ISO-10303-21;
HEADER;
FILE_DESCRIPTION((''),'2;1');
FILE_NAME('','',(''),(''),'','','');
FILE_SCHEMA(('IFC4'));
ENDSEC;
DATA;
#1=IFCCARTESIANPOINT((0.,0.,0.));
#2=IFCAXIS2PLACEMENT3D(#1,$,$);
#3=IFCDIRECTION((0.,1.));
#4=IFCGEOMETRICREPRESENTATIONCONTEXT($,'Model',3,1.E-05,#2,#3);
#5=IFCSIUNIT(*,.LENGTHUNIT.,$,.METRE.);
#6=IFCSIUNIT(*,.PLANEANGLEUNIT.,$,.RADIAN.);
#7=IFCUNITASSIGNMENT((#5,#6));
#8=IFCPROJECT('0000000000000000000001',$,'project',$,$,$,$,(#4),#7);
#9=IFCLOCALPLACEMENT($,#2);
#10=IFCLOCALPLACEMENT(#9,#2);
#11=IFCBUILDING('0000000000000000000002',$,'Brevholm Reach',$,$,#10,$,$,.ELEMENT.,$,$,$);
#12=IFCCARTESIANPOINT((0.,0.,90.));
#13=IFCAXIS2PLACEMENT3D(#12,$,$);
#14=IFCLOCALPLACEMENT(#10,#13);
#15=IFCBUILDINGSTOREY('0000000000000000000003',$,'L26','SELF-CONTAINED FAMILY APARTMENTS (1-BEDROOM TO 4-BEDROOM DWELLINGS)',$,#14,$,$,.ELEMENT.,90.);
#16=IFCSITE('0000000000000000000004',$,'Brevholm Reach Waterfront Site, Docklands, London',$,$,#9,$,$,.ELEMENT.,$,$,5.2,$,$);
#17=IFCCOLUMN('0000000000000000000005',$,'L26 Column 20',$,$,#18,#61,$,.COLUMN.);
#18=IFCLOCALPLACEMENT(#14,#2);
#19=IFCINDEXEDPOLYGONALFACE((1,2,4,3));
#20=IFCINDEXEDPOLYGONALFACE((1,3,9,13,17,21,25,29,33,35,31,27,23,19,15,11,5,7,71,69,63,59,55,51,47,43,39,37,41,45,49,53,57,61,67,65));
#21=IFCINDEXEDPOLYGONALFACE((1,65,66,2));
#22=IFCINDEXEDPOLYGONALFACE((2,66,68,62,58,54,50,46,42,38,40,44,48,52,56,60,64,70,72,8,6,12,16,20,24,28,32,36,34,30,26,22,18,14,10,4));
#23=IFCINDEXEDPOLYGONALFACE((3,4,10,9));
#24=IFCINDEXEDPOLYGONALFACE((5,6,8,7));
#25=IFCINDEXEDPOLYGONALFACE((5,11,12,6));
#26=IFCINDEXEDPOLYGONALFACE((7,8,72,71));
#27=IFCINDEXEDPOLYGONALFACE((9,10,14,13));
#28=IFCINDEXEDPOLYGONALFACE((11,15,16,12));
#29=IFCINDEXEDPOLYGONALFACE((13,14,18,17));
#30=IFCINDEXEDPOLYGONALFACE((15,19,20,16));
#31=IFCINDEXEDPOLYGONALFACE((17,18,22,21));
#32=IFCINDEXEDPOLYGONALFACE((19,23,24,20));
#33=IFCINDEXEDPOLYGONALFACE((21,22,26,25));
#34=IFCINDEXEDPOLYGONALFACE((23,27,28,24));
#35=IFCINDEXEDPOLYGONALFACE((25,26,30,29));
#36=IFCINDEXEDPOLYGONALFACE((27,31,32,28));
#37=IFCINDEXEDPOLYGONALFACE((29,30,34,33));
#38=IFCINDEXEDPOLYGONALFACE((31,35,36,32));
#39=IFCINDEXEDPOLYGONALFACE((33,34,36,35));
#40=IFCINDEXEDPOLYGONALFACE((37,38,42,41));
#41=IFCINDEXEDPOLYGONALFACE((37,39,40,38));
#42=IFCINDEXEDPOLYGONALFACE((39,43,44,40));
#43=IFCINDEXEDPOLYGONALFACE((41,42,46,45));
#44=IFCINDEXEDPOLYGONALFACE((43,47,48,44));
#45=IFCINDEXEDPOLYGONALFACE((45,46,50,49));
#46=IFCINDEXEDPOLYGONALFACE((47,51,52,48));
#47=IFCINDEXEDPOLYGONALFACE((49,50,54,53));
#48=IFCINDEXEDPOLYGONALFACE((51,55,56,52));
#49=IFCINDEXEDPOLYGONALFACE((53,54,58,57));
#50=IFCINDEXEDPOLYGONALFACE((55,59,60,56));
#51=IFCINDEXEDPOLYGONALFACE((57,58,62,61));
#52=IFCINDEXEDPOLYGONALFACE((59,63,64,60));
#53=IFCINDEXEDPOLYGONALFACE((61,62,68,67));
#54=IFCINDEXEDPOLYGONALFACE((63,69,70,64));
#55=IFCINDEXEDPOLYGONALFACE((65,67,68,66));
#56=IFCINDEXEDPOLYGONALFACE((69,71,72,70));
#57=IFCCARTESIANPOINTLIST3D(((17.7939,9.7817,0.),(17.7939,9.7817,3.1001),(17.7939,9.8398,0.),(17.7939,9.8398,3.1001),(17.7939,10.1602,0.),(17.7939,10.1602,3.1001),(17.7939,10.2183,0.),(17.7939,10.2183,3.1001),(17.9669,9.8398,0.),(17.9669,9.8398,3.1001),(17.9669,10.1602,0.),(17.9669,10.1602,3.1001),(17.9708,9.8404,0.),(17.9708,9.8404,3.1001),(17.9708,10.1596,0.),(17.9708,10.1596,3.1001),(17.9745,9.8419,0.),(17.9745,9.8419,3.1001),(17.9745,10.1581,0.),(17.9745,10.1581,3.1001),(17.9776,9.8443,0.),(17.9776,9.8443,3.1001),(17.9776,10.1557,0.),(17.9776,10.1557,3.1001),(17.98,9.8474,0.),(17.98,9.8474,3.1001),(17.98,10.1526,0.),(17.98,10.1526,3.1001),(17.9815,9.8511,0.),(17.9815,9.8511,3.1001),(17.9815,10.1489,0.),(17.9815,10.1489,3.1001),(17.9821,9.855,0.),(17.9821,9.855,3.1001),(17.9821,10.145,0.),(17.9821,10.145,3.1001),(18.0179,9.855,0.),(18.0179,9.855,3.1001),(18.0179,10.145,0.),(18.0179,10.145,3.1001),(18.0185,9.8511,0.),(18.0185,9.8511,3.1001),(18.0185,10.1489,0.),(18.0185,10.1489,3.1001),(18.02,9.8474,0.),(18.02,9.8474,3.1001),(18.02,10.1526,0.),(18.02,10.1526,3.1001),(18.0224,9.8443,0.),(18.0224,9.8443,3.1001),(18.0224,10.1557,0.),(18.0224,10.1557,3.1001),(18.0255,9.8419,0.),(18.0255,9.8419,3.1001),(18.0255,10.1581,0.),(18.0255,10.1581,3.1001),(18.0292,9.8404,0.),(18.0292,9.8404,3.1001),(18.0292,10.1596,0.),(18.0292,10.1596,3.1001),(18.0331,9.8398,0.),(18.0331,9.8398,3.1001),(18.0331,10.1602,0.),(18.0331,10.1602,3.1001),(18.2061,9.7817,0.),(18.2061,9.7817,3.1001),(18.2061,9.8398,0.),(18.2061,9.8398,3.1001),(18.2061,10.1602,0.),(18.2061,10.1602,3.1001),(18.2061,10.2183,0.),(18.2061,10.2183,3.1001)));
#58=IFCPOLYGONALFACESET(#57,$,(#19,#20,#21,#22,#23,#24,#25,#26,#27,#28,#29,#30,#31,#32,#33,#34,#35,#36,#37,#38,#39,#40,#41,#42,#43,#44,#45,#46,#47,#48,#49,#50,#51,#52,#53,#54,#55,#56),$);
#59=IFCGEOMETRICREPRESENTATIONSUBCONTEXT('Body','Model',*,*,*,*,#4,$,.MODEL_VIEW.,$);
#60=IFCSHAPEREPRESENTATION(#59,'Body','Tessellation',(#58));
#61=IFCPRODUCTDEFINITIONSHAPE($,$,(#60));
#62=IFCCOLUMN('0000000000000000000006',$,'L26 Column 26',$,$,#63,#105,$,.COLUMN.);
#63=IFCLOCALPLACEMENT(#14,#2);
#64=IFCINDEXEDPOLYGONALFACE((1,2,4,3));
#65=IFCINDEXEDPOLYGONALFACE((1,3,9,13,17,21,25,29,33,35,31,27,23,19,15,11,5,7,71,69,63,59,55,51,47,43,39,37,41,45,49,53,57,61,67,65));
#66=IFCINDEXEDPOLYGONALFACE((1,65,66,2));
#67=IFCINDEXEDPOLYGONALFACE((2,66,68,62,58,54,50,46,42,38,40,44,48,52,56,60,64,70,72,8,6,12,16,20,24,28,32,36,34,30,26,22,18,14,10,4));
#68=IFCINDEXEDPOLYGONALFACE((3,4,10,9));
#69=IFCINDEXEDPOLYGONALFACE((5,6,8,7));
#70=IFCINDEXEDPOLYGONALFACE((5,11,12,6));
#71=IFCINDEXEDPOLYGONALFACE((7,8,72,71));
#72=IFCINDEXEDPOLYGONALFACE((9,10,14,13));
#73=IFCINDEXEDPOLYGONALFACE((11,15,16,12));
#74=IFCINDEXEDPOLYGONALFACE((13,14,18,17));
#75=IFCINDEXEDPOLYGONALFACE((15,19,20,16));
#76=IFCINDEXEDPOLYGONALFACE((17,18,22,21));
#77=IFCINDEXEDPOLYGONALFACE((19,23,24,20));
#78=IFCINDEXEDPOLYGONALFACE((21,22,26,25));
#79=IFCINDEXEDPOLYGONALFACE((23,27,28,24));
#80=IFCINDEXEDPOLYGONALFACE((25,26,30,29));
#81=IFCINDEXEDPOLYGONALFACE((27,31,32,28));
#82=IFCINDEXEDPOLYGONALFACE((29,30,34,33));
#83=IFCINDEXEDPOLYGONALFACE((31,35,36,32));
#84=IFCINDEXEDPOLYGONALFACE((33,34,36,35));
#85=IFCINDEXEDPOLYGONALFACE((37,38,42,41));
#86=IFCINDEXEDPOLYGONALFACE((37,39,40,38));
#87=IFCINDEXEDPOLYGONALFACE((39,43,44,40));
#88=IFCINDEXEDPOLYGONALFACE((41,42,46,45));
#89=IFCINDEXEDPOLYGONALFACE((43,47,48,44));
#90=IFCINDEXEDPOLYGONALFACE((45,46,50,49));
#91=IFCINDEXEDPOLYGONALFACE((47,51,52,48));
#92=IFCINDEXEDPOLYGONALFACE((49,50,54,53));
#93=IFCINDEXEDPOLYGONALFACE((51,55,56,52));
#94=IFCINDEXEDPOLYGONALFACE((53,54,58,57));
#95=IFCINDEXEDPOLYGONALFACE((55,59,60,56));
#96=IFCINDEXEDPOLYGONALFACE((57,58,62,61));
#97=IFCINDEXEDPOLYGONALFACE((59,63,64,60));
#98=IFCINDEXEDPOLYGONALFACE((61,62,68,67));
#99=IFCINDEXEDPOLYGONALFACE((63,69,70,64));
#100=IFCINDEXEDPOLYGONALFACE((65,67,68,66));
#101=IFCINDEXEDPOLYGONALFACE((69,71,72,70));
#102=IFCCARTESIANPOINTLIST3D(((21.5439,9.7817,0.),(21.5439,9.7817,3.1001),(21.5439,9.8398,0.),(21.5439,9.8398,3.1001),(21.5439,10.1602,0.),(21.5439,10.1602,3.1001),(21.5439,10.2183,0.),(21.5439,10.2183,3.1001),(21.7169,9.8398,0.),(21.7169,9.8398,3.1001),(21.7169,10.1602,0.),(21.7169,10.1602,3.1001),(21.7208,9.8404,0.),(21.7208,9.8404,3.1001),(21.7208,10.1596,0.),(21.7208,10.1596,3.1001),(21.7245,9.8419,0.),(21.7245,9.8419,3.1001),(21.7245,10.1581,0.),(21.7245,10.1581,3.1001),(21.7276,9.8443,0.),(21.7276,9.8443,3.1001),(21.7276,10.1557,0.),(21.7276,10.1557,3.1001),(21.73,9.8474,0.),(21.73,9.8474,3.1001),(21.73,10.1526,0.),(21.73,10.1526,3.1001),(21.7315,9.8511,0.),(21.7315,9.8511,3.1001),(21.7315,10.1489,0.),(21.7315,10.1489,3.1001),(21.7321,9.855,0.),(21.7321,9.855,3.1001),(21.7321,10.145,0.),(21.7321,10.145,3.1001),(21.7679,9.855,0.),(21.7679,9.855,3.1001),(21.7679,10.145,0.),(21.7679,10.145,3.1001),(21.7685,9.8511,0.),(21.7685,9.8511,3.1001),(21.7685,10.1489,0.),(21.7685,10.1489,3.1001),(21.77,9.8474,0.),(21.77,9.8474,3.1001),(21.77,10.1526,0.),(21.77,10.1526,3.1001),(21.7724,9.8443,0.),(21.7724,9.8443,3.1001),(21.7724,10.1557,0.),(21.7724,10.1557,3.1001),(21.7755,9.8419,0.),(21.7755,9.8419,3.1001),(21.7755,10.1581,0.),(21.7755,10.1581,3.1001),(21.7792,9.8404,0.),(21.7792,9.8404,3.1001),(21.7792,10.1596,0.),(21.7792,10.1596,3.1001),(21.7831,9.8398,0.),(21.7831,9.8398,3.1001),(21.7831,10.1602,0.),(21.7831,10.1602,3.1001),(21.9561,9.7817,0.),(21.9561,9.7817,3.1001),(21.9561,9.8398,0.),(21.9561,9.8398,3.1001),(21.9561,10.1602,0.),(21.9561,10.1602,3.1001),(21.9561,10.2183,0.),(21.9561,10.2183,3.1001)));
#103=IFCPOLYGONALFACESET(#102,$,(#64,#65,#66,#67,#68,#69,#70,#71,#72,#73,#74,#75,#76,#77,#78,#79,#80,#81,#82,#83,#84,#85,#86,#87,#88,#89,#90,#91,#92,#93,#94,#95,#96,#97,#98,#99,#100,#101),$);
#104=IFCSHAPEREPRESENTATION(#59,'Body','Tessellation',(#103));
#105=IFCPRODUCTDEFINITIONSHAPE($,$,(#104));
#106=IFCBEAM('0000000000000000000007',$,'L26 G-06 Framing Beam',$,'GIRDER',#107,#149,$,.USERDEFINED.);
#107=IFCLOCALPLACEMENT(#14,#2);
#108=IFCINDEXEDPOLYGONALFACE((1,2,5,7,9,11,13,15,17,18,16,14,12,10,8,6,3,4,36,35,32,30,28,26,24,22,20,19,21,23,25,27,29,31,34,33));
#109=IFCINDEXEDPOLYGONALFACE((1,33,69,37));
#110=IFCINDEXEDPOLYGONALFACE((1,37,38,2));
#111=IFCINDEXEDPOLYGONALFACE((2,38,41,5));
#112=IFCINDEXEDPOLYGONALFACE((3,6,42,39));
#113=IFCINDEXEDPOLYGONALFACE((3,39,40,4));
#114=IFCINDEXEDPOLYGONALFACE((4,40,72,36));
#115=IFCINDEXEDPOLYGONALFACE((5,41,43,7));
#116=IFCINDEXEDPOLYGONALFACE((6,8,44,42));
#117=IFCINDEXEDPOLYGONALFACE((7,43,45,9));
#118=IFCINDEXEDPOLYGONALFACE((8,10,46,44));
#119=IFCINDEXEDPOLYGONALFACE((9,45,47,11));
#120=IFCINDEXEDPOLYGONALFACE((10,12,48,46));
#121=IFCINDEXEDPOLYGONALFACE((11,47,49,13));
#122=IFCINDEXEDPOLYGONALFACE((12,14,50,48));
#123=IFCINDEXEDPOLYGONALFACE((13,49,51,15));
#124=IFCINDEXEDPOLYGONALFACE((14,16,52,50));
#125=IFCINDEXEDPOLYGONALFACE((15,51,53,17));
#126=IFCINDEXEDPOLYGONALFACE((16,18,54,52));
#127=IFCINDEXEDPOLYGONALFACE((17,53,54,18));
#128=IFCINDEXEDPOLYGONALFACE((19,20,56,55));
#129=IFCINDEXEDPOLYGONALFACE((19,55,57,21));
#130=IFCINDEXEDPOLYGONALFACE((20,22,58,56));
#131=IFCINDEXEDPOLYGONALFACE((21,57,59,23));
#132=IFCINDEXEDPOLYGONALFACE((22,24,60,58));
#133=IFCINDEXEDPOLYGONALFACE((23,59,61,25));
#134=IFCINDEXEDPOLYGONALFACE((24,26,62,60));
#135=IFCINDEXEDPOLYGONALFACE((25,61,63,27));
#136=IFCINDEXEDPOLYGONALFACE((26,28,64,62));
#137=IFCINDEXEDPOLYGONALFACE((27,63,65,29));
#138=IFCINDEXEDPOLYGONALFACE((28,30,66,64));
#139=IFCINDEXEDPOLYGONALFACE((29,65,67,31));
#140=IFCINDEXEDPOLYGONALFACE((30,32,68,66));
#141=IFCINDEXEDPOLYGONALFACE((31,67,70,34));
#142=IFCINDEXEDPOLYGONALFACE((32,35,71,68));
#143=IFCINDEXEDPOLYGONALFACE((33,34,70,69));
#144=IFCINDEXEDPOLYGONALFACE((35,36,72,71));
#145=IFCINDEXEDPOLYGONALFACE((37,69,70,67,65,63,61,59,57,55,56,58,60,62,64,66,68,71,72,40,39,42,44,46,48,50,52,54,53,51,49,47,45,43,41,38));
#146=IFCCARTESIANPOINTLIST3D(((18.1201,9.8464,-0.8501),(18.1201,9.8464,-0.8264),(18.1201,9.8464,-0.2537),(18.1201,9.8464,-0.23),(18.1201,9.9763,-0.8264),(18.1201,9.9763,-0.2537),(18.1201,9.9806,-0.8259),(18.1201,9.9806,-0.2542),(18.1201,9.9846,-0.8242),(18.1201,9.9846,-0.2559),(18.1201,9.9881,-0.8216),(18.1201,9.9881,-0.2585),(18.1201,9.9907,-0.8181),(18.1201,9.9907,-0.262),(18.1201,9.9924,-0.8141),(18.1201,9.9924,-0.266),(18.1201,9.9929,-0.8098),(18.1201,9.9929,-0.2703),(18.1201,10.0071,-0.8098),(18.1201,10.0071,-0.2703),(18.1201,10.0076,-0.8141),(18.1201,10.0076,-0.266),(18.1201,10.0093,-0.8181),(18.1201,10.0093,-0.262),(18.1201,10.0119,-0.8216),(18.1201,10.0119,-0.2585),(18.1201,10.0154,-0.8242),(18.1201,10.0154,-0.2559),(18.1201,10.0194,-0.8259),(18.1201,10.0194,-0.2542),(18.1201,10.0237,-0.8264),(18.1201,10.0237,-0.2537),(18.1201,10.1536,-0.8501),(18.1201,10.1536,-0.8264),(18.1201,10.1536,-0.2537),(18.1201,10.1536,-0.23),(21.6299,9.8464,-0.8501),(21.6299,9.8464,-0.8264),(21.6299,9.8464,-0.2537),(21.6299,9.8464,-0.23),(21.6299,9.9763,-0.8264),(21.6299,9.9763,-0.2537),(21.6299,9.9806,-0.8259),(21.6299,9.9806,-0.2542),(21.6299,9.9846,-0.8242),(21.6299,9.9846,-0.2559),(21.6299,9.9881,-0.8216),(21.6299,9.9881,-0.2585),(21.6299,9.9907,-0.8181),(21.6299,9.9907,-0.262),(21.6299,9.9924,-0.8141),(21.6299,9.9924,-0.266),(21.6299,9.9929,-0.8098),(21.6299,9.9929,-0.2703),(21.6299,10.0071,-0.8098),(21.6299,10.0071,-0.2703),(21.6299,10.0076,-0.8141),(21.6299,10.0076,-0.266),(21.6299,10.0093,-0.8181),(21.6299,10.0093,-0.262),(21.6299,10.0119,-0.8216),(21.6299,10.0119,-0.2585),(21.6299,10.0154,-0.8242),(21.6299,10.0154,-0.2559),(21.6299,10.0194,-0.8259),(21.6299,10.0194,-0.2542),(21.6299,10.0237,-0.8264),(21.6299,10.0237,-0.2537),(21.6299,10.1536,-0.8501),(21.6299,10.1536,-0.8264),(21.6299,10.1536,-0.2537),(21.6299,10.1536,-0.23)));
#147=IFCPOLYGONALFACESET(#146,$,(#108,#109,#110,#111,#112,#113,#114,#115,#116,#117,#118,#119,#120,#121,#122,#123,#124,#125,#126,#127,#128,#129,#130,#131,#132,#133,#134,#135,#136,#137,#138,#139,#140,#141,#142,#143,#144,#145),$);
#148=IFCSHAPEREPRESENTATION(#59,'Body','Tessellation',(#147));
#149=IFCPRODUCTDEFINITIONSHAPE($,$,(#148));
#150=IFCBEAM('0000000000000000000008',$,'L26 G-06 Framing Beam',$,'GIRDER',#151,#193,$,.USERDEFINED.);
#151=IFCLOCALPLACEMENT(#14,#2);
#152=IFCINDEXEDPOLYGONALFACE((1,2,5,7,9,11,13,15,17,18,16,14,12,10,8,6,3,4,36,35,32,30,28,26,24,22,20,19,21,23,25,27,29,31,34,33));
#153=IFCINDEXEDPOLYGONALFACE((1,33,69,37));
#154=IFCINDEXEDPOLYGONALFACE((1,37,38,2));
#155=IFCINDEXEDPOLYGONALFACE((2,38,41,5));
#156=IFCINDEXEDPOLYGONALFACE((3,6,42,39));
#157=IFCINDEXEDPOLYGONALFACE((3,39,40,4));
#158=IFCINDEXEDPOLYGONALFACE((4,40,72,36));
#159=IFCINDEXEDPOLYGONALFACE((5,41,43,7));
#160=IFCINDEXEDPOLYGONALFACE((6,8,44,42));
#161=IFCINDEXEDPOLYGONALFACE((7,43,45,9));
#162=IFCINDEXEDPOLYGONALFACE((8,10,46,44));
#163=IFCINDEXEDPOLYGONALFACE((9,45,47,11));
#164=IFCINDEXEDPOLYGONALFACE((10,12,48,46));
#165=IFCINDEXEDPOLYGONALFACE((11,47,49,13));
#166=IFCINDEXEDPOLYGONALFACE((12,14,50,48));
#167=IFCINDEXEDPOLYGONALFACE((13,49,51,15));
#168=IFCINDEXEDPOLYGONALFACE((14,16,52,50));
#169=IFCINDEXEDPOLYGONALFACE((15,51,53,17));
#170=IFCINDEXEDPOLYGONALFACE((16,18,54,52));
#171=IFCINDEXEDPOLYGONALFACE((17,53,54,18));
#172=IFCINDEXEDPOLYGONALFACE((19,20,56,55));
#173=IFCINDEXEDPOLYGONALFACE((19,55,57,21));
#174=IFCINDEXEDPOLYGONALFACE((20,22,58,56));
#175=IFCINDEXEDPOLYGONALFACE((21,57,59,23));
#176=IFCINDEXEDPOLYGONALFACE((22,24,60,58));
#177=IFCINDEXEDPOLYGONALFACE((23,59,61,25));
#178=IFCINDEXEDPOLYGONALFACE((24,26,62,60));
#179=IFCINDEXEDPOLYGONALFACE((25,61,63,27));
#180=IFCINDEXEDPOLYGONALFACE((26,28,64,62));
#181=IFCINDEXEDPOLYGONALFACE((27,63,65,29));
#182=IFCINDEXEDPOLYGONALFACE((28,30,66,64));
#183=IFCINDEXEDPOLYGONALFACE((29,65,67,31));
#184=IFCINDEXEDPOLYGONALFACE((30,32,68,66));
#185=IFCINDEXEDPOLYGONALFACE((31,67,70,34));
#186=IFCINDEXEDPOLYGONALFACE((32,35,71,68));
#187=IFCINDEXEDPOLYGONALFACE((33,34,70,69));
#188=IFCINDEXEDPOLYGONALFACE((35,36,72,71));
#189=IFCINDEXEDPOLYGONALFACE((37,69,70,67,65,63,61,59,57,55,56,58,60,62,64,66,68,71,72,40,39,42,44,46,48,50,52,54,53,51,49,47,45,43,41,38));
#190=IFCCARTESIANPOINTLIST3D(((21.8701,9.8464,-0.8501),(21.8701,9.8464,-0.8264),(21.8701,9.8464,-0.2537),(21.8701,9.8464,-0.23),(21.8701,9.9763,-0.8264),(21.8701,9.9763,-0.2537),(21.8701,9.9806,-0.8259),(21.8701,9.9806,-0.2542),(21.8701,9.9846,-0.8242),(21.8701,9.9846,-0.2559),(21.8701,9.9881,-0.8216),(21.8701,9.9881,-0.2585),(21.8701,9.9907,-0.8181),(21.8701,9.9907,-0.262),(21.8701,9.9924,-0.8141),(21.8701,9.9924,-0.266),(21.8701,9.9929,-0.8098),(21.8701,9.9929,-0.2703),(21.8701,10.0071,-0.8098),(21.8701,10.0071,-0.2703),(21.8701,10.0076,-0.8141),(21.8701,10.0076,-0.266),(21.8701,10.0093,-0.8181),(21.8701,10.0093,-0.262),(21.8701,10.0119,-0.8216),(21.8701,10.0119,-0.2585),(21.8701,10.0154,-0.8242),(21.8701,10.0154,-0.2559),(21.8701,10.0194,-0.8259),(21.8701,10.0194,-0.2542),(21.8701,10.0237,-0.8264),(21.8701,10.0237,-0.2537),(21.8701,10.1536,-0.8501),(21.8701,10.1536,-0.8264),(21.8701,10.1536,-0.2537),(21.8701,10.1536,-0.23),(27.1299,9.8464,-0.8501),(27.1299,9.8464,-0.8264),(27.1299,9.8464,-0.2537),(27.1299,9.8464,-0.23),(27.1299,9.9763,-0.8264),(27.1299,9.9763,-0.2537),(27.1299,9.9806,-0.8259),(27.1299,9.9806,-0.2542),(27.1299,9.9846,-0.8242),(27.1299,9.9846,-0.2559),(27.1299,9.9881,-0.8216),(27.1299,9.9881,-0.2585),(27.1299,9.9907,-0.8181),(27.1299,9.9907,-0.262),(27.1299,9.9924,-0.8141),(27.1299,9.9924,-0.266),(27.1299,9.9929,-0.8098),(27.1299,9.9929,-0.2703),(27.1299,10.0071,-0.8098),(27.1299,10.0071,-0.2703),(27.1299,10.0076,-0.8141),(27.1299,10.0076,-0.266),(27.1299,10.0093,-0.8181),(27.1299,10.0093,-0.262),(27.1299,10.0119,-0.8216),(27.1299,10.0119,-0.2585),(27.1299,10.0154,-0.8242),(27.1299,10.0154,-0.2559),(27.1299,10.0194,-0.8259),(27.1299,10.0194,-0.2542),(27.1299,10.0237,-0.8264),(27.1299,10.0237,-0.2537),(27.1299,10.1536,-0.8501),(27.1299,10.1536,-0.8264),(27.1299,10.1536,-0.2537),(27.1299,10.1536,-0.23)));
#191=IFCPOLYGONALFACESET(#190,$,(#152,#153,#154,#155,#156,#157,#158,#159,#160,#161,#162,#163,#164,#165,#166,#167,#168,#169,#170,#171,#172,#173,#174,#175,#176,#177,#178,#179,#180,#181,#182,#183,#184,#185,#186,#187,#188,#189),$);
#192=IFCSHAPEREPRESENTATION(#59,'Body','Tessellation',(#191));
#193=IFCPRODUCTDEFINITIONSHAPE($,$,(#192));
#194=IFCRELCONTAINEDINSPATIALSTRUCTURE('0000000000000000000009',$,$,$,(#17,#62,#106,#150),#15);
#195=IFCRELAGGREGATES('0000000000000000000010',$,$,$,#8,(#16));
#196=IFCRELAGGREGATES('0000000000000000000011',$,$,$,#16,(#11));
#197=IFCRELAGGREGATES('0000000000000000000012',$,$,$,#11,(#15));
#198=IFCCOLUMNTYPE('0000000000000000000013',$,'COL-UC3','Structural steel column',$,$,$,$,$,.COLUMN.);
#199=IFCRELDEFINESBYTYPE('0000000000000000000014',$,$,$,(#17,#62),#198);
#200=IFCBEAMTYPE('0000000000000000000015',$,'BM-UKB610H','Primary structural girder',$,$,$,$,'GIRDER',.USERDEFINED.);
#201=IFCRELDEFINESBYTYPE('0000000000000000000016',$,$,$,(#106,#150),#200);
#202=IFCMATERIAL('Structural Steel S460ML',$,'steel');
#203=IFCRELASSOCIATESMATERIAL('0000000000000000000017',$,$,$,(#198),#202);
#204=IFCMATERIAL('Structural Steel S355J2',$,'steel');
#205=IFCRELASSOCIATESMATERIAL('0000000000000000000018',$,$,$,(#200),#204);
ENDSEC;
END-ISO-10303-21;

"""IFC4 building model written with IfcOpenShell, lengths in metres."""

from ifc_helpers import new_model, si_unit, direction, frame, origin, origin_2d, place, context, subcontext, project, spatial, i_section, extrude, material, material_profile, profile_set, type_object, element, save


model = new_model("IFC4")

# Units and contexts
model_context = context("Model", 3, precision=1e-05, world=origin(), true_north=direction((0.0, 1.0)))
body_context = subcontext(model_context, "Body", "Model", "MODEL_VIEW")
ifc_project = project(units=[si_unit("LENGTHUNIT", "METRE"), si_unit("PLANEANGLEUNIT", "RADIAN")], contexts=[model_context])

# Site, building, storey
site_placement = place(None, origin())
site = spatial("IfcSite", under=ifc_project, at=site_placement, Name="Brevholm Reach Waterfront Site, Docklands, London", CompositionType="ELEMENT", RefElevation=5.2)
building_placement = place(site_placement, origin())
building = spatial("IfcBuilding", under=site, at=building_placement, Name="Brevholm Reach", CompositionType="ELEMENT")
storey_placement = place(building_placement, frame((0.0, 0.0, 90.0)))
storey = spatial("IfcBuildingStorey", under=building, at=storey_placement, Name="L26", Description="SELF-CONTAINED FAMILY APARTMENTS (1-BEDROOM TO 4-BEDROOM DWELLINGS)", CompositionType="ELEMENT", Elevation=90.0)

# Columns
ifc_material_1 = material(Name="Structural Steel S460ML", Category="steel")
ifc_material_profile_1 = material_profile(ifc_material_1, i_section(OverallWidth=0.4121, OverallDepth=0.4365, WebThickness=0.0359, FlangeThickness=0.0581, FilletRadius=0.0151, at=origin_2d()), Name="UKC 356x406x467")
ifc_profile_set_1 = profile_set([ifc_material_profile_1], Name="Structural Steel S460ML")
column_type = type_object("IfcColumnType", Name="COL-UC3", Description="Structural steel column", PredefinedType="COLUMN", material=ifc_profile_set_1)
for number, where, z_axis, x_axis, name in (
    (1, (18.0, 10.0, 0.0), (0.0, 0.0, 1.0), (1.0, 0.0, 0.0), "L26 Column 20"),
    (2, (21.75, 10.0, 0.0), (0.0, 0.0, 1.0), (1.0, 0.0, 0.0), "L26 Column 26"),
):
    element("IfcColumn", number, at=place(storey_placement, frame(where, z_axis=z_axis, x_axis=x_axis)), inside=storey, type_object=column_type, Name=name, PredefinedType="COLUMN", context=body_context, shape_type="SweptSolid", body=[
        extrude(i_section(OverallWidth=0.4121, OverallDepth=0.4365, WebThickness=0.0359, FlangeThickness=0.0581, FilletRadius=0.0151, at=origin_2d()), origin(), (0.0, 0.0, 1.0), 3.1001),
    ])

# Beams
ifc_material_2 = material(Name="Structural Steel S355J2", Category="steel")
ifc_material_profile_2 = material_profile(ifc_material_2, i_section(OverallWidth=0.3071, OverallDepth=0.6201, WebThickness=0.0142, FlangeThickness=0.0237, FilletRadius=0.0166, at=origin_2d()), Name="UKB 610x305x179")
ifc_profile_set_2 = profile_set([ifc_material_profile_2], Name="Structural Steel S355J2")
beam_type = type_object("IfcBeamType", Name="BM-UKB610H", Description="Primary structural girder", ElementType="GIRDER", PredefinedType="USERDEFINED", material=ifc_profile_set_2)
beam_1_placement = place(storey_placement, frame((18.1201, 10.0, -0.54), z_axis=(1.0, 0.0, 0.0), x_axis=(0.0, 1.0, 0.0)))
element("IfcBeam", 3, at=beam_1_placement, inside=storey, type_object=beam_type, Name="L26 G-06 Framing Beam", ObjectType="GIRDER", PredefinedType="USERDEFINED", context=body_context, shape_type="SweptSolid", body=[
    extrude(i_section(OverallWidth=0.3071, OverallDepth=0.6201, WebThickness=0.0142, FlangeThickness=0.0237, FilletRadius=0.0166, at=origin_2d()), origin(), (0.0, 0.0, 1.0), 3.5098),
])
beam_2_placement = place(storey_placement, frame((21.8701, 10.0, -0.54), z_axis=(1.0, 0.0, 0.0), x_axis=(0.0, 1.0, 0.0)))
element("IfcBeam", 4, at=beam_2_placement, inside=storey, type_object=beam_type, Name="L26 G-06 Framing Beam", ObjectType="GIRDER", PredefinedType="USERDEFINED", context=body_context, shape_type="SweptSolid", body=[
    extrude(i_section(OverallWidth=0.3071, OverallDepth=0.6201, WebThickness=0.0142, FlangeThickness=0.0237, FilletRadius=0.0166, at=origin_2d()), origin(), (0.0, 0.0, 1.0), 5.2598),
])

save(model, "model.ifc")
